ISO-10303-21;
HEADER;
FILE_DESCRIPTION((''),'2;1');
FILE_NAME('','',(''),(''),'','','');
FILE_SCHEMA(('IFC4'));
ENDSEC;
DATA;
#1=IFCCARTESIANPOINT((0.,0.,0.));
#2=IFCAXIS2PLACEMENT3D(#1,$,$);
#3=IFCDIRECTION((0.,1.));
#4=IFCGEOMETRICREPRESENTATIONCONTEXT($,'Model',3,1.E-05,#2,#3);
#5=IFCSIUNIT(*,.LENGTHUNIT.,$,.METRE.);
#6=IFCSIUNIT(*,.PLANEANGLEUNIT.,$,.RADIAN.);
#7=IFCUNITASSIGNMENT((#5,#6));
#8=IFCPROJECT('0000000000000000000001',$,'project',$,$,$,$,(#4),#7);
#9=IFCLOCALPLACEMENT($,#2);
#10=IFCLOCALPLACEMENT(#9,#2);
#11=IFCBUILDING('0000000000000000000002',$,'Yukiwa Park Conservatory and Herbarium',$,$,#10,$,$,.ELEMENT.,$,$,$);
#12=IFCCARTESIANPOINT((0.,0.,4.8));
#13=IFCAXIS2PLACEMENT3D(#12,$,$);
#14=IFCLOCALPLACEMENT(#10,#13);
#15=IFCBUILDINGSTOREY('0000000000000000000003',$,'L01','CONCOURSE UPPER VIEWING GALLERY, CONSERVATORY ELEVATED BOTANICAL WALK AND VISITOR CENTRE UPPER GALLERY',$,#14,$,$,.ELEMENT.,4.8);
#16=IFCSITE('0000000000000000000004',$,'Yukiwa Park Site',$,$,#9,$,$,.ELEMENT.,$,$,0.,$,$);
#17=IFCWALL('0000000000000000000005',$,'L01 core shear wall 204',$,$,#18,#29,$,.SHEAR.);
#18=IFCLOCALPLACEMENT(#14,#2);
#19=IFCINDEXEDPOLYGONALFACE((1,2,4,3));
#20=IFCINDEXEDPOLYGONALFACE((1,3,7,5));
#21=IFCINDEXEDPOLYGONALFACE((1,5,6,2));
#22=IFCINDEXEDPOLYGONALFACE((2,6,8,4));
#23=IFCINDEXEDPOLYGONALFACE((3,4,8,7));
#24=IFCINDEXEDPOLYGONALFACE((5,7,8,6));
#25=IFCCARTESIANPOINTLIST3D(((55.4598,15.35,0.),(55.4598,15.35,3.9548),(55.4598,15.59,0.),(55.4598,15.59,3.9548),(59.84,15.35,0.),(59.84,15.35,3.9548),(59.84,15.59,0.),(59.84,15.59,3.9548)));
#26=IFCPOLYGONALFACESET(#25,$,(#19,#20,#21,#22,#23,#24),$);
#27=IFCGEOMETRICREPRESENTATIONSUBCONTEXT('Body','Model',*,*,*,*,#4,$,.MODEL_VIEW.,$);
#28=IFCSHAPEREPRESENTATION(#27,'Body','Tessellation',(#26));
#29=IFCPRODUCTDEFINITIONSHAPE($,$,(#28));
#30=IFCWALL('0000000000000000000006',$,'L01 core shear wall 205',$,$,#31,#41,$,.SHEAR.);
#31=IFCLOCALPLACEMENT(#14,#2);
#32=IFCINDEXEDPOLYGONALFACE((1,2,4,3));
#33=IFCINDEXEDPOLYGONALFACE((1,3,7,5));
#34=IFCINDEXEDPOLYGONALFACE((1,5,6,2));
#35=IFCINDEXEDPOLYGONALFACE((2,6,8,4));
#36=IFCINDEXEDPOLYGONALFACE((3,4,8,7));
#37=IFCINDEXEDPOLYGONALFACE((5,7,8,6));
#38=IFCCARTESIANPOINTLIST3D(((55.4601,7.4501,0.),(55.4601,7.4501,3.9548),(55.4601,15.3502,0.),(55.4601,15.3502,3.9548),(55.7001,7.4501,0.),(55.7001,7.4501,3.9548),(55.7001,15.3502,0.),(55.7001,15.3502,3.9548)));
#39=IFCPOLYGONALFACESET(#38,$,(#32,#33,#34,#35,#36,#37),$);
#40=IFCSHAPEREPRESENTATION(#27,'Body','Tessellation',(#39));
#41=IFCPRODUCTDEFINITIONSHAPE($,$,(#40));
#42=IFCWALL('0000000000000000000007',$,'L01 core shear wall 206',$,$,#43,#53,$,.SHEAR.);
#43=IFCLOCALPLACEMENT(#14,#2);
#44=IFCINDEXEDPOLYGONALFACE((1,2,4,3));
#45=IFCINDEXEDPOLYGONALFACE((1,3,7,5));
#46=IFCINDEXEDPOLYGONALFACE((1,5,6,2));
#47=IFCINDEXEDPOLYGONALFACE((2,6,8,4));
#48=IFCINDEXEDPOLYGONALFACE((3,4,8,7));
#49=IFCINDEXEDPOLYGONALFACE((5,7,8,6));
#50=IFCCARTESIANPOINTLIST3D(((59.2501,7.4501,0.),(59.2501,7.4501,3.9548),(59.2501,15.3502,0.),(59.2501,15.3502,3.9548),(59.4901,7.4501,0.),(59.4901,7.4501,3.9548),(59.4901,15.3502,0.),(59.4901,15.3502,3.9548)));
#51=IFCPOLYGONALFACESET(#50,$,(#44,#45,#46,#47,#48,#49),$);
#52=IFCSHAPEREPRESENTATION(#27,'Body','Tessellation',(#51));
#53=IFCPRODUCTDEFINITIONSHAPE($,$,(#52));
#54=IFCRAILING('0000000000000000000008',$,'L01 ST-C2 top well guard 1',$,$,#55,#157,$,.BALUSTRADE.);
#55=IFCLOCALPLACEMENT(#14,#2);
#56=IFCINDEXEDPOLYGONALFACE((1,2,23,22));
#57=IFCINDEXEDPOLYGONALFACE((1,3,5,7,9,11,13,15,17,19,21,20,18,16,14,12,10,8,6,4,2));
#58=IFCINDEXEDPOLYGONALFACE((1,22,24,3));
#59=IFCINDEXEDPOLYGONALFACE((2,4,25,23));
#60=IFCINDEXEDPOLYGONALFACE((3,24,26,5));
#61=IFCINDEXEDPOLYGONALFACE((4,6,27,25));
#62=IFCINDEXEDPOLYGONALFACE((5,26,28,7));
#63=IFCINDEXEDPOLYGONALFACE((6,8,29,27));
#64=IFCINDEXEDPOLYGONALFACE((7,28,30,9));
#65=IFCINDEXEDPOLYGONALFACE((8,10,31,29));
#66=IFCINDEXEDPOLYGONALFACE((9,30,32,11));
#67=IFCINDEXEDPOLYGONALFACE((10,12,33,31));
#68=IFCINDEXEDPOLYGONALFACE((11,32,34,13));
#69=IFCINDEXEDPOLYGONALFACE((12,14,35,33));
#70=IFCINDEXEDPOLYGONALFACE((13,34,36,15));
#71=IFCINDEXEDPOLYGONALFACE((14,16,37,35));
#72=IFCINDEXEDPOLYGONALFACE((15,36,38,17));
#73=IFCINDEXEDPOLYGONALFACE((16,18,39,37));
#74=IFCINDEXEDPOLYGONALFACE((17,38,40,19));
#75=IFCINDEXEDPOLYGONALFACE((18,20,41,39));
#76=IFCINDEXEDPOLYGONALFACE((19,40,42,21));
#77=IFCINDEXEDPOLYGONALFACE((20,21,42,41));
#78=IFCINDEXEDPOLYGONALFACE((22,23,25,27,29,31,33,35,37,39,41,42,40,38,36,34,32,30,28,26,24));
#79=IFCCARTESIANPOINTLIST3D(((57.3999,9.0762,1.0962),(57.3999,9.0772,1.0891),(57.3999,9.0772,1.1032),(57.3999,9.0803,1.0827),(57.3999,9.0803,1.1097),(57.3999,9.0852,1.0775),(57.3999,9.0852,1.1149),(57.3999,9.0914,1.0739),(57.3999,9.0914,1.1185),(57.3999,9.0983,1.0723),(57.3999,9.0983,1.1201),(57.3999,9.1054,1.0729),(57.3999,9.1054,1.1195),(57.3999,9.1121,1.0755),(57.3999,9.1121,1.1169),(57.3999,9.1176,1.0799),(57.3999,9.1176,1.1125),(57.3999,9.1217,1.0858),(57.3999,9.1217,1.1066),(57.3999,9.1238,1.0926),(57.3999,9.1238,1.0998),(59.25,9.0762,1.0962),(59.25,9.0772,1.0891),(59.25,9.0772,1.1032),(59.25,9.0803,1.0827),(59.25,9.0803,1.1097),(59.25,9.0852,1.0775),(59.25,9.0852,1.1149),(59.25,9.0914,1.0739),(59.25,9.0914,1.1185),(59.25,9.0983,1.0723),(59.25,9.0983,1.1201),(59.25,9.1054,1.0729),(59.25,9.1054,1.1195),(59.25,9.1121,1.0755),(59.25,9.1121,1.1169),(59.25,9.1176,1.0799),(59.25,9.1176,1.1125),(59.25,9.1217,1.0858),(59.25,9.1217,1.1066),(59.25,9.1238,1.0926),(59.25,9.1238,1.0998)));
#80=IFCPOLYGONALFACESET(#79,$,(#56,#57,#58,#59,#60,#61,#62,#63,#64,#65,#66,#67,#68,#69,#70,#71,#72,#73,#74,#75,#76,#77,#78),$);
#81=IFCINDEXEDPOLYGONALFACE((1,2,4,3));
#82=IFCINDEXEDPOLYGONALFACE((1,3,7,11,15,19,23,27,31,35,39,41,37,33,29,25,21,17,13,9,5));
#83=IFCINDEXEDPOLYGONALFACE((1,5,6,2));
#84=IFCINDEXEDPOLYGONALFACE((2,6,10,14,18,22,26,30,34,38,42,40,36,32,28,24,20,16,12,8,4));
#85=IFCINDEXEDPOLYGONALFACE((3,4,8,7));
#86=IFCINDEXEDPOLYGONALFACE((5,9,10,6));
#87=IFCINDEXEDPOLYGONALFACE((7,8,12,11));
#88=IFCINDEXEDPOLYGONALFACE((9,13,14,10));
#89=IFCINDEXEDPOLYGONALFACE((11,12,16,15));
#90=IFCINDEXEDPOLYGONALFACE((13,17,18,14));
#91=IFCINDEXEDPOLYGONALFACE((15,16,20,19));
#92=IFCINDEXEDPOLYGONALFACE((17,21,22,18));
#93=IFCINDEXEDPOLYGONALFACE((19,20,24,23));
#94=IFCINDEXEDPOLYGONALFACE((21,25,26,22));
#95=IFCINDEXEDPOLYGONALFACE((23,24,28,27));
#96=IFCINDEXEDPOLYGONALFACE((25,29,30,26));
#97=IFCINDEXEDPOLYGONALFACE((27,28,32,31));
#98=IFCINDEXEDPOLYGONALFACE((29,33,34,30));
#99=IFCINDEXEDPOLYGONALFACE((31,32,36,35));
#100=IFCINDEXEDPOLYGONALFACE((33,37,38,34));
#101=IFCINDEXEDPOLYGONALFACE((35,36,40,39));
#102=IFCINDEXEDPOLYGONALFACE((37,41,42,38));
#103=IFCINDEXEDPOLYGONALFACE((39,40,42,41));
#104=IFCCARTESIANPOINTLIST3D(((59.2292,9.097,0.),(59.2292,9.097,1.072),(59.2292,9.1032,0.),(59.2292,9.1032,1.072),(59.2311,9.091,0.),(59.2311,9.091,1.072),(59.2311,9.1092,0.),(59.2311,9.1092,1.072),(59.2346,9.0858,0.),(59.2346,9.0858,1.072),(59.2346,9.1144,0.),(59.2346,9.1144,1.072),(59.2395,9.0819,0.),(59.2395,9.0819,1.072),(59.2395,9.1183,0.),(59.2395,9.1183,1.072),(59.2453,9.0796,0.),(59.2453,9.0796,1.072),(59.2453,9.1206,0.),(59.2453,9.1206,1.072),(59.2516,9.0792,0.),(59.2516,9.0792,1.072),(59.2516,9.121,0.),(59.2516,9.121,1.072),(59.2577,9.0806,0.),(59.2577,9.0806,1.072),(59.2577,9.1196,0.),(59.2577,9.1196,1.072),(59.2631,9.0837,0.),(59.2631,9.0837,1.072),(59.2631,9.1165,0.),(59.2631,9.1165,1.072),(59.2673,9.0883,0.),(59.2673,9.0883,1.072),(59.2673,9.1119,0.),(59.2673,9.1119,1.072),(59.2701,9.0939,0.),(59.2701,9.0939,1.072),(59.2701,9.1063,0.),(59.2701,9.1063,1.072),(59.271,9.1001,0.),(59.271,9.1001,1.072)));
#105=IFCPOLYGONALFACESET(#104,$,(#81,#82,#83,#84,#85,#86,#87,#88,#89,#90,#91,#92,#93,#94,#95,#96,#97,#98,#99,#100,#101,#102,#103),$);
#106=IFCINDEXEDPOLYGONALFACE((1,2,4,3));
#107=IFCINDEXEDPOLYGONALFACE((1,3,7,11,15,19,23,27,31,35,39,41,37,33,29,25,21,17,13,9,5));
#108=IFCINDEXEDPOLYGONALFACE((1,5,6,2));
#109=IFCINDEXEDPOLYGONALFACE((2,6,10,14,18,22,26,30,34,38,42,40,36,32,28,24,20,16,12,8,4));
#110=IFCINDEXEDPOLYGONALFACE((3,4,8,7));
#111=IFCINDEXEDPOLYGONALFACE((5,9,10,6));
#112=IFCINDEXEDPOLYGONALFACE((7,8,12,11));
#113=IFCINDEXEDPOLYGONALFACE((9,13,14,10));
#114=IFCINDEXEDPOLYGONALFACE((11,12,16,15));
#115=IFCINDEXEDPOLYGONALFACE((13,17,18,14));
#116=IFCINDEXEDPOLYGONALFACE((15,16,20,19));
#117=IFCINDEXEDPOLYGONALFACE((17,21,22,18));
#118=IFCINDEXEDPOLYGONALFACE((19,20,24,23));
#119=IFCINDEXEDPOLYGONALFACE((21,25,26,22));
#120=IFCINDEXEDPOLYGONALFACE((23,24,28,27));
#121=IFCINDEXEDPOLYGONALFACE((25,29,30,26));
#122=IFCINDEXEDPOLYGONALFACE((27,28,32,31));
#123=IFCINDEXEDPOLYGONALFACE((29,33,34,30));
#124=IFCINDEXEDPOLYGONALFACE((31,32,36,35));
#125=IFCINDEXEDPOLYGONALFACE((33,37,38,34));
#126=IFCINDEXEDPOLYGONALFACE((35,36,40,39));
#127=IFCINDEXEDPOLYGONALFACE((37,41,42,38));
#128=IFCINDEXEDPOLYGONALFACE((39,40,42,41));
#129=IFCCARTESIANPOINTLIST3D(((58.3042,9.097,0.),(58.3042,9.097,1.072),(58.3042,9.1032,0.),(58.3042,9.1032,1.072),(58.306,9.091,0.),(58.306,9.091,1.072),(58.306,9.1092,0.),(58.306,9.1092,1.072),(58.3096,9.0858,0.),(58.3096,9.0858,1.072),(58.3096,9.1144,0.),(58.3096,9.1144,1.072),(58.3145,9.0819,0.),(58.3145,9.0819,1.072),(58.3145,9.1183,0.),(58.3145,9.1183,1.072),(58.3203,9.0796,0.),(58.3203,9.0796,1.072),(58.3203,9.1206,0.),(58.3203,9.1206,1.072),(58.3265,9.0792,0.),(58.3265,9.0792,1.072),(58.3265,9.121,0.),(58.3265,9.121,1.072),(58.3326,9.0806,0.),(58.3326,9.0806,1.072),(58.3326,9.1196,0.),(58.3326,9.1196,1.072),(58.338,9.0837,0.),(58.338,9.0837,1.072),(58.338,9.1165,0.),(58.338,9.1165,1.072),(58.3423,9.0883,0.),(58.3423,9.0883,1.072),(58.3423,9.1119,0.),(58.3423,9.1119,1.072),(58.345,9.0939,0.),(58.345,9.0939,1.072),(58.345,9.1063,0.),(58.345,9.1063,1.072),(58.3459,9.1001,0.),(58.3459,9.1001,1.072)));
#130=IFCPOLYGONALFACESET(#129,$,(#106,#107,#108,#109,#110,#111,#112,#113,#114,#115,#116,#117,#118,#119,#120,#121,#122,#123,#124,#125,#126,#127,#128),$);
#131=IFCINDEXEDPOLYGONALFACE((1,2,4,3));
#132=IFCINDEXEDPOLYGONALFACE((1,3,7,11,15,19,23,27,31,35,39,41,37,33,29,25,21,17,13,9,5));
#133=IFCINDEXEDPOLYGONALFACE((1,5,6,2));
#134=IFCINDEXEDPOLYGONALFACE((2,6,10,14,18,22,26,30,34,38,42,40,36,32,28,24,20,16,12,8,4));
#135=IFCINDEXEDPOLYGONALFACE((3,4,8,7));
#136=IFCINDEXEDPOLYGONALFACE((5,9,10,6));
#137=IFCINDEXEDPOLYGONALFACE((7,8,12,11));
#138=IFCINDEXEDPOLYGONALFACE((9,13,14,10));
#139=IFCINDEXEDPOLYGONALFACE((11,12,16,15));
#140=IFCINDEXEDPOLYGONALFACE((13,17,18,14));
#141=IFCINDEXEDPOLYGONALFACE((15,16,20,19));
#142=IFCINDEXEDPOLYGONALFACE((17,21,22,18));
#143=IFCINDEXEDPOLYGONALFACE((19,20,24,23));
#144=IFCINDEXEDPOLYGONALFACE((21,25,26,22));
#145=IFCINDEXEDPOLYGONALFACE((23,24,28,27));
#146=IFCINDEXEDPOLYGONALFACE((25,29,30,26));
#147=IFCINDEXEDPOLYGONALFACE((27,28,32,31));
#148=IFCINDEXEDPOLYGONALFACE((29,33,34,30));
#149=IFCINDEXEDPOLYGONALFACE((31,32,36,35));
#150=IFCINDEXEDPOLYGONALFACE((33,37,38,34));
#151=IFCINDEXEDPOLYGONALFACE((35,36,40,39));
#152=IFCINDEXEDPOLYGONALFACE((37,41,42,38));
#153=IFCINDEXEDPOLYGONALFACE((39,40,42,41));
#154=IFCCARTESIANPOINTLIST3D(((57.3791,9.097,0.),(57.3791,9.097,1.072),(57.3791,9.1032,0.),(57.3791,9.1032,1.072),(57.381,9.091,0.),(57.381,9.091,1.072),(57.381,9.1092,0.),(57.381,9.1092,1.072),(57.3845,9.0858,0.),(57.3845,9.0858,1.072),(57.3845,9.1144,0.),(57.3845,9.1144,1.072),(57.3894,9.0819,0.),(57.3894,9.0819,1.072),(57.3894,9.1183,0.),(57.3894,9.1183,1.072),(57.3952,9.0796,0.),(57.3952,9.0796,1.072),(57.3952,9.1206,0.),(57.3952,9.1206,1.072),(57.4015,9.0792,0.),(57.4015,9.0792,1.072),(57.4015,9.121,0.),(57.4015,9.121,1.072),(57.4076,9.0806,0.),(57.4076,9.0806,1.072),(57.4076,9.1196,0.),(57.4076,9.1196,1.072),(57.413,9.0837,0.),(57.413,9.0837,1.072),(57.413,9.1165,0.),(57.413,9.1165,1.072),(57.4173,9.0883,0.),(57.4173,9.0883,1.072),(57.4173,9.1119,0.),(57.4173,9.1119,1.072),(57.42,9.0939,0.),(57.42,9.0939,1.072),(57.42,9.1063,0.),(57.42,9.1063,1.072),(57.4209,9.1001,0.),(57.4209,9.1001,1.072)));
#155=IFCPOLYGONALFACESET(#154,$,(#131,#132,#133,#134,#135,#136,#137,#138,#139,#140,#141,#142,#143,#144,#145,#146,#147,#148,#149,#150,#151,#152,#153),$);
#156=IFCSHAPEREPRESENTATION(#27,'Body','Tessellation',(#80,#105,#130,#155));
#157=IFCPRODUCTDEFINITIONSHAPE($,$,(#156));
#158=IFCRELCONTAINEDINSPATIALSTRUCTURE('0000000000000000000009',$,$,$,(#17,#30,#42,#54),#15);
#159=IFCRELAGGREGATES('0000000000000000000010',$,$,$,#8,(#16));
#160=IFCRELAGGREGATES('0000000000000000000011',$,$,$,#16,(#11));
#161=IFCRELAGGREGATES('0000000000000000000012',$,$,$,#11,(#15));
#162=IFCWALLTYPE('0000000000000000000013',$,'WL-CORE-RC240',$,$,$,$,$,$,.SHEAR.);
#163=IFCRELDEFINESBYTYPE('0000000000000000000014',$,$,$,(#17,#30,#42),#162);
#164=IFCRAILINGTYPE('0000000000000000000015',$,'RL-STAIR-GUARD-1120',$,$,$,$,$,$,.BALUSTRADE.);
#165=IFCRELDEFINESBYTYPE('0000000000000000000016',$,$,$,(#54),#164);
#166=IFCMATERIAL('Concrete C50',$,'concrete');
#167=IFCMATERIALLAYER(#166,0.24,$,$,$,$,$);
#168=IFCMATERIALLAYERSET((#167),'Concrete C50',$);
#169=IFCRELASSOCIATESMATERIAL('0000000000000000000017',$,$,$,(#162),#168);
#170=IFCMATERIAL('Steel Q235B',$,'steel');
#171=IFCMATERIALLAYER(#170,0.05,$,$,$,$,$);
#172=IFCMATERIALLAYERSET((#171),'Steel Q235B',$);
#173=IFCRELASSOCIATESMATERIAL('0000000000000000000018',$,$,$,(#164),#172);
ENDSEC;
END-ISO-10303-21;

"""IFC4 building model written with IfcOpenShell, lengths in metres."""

from ifc_helpers import new_model, si_unit, direction, frame, frame_2d, origin, origin_2d, place, context, subcontext, project, spatial, rectangle, circle, extrude, material, layer, layer_set, type_object, element, save


model = new_model("IFC4")

# Units and contexts
model_context = context("Model", 3, precision=1e-05, world=origin(), true_north=direction((0.0, 1.0)))
body_context = subcontext(model_context, "Body", "Model", "MODEL_VIEW")
ifc_project = project(units=[si_unit("LENGTHUNIT", "METRE"), si_unit("PLANEANGLEUNIT", "RADIAN")], contexts=[model_context])

# Site, building, storey
site_placement = place(None, origin())
site = spatial("IfcSite", under=ifc_project, at=site_placement, Name="Yukiwa Park Site", CompositionType="ELEMENT", RefElevation=0.0)
building_placement = place(site_placement, origin())
building = spatial("IfcBuilding", under=site, at=building_placement, Name="Yukiwa Park Conservatory and Herbarium", CompositionType="ELEMENT")
storey_placement = place(building_placement, frame((0.0, 0.0, 4.8)))
storey = spatial("IfcBuildingStorey", under=building, at=storey_placement, Name="L01", Description="CONCOURSE UPPER VIEWING GALLERY, CONSERVATORY ELEVATED BOTANICAL WALK AND VISITOR CENTRE UPPER GALLERY", CompositionType="ELEMENT", Elevation=4.8)

# Shared definitions
ifc_material_1 = material(Name="Concrete C50", Category="concrete")
ifc_layer_1 = layer(ifc_material_1, 0.24)
ifc_layer_set_1 = layer_set([ifc_layer_1], Name="Concrete C50")
wall_type = type_object("IfcWallType", Name="WL-CORE-RC240", PredefinedType="SHEAR", material=ifc_layer_set_1)

# Walls
wall_1_placement = place(storey_placement, frame((55.46, 15.47, 0.0), z_axis=(0.0, 0.0, 1.0), x_axis=(1.0, 0.0, 0.0)))
element("IfcWall", 1, at=wall_1_placement, inside=storey, type_object=wall_type, Name="L01 core shear wall 204", PredefinedType="SHEAR", context=body_context, shape_type="SweptSolid", body=[
    extrude(rectangle(XDim=4.3801, YDim=0.24, at=frame_2d((2.1899, 0.0))), origin(), (0.0, 0.0, 1.0), 3.9548),
])
for number, where, z_axis, x_axis, name in (
    (2, (55.5801, 7.45, 0.0), (0.0, 0.0, 1.0), (0.0, 1.0, 0.0), "L01 core shear wall 205"),
    (3, (59.3701, 7.45, 0.0), (0.0, 0.0, 1.0), (0.0, 1.0, 0.0), "L01 core shear wall 206"),
):
    element("IfcWall", number, at=place(storey_placement, frame(where, z_axis=z_axis, x_axis=x_axis)), inside=storey, type_object=wall_type, Name=name, PredefinedType="SHEAR", context=body_context, shape_type="SweptSolid", body=[
        extrude(rectangle(XDim=7.9001, YDim=0.24, at=frame_2d((3.9502, 0.0))), origin(), (0.0, 0.0, 1.0), 3.9548),
    ])

# Railing
ifc_material_2 = material(Name="Steel Q235B", Category="steel")
ifc_layer_2 = layer(ifc_material_2, 0.05)
ifc_layer_set_2 = layer_set([ifc_layer_2], Name="Steel Q235B")
railing_type = type_object("IfcRailingType", Name="RL-STAIR-GUARD-1120", PredefinedType="BALUSTRADE", material=ifc_layer_set_2)
railing_placement = place(storey_placement, frame((59.25, 9.1001, 0.0)))
element("IfcRailing", 4, at=railing_placement, inside=storey, type_object=railing_type, Name="L01 ST-C2 top well guard 1", PredefinedType="BALUSTRADE", context=body_context, shape_type="SweptSolid", body=[
    extrude(circle(Radius=0.0239, at=origin_2d()), frame((0.0, 0.0, 1.0962), z_axis=(-1.0, 0.0, 0.0), x_axis=(0.0, -1.0, 0.0)), (0.0, 0.0, 1.0), 1.8501),
    extrude(circle(Radius=0.021, at=origin_2d()), origin(), (0.0, 0.0, 1.0), 1.072),
    extrude(circle(Radius=0.021, at=origin_2d()), frame((-0.925, 0.0, 0.0)), (0.0, 0.0, 1.0), 1.072),
    extrude(circle(Radius=0.021, at=origin_2d()), frame((-1.8501, 0.0, 0.0)), (0.0, 0.0, 1.0), 1.072),
])

save(model, "model.ifc")
